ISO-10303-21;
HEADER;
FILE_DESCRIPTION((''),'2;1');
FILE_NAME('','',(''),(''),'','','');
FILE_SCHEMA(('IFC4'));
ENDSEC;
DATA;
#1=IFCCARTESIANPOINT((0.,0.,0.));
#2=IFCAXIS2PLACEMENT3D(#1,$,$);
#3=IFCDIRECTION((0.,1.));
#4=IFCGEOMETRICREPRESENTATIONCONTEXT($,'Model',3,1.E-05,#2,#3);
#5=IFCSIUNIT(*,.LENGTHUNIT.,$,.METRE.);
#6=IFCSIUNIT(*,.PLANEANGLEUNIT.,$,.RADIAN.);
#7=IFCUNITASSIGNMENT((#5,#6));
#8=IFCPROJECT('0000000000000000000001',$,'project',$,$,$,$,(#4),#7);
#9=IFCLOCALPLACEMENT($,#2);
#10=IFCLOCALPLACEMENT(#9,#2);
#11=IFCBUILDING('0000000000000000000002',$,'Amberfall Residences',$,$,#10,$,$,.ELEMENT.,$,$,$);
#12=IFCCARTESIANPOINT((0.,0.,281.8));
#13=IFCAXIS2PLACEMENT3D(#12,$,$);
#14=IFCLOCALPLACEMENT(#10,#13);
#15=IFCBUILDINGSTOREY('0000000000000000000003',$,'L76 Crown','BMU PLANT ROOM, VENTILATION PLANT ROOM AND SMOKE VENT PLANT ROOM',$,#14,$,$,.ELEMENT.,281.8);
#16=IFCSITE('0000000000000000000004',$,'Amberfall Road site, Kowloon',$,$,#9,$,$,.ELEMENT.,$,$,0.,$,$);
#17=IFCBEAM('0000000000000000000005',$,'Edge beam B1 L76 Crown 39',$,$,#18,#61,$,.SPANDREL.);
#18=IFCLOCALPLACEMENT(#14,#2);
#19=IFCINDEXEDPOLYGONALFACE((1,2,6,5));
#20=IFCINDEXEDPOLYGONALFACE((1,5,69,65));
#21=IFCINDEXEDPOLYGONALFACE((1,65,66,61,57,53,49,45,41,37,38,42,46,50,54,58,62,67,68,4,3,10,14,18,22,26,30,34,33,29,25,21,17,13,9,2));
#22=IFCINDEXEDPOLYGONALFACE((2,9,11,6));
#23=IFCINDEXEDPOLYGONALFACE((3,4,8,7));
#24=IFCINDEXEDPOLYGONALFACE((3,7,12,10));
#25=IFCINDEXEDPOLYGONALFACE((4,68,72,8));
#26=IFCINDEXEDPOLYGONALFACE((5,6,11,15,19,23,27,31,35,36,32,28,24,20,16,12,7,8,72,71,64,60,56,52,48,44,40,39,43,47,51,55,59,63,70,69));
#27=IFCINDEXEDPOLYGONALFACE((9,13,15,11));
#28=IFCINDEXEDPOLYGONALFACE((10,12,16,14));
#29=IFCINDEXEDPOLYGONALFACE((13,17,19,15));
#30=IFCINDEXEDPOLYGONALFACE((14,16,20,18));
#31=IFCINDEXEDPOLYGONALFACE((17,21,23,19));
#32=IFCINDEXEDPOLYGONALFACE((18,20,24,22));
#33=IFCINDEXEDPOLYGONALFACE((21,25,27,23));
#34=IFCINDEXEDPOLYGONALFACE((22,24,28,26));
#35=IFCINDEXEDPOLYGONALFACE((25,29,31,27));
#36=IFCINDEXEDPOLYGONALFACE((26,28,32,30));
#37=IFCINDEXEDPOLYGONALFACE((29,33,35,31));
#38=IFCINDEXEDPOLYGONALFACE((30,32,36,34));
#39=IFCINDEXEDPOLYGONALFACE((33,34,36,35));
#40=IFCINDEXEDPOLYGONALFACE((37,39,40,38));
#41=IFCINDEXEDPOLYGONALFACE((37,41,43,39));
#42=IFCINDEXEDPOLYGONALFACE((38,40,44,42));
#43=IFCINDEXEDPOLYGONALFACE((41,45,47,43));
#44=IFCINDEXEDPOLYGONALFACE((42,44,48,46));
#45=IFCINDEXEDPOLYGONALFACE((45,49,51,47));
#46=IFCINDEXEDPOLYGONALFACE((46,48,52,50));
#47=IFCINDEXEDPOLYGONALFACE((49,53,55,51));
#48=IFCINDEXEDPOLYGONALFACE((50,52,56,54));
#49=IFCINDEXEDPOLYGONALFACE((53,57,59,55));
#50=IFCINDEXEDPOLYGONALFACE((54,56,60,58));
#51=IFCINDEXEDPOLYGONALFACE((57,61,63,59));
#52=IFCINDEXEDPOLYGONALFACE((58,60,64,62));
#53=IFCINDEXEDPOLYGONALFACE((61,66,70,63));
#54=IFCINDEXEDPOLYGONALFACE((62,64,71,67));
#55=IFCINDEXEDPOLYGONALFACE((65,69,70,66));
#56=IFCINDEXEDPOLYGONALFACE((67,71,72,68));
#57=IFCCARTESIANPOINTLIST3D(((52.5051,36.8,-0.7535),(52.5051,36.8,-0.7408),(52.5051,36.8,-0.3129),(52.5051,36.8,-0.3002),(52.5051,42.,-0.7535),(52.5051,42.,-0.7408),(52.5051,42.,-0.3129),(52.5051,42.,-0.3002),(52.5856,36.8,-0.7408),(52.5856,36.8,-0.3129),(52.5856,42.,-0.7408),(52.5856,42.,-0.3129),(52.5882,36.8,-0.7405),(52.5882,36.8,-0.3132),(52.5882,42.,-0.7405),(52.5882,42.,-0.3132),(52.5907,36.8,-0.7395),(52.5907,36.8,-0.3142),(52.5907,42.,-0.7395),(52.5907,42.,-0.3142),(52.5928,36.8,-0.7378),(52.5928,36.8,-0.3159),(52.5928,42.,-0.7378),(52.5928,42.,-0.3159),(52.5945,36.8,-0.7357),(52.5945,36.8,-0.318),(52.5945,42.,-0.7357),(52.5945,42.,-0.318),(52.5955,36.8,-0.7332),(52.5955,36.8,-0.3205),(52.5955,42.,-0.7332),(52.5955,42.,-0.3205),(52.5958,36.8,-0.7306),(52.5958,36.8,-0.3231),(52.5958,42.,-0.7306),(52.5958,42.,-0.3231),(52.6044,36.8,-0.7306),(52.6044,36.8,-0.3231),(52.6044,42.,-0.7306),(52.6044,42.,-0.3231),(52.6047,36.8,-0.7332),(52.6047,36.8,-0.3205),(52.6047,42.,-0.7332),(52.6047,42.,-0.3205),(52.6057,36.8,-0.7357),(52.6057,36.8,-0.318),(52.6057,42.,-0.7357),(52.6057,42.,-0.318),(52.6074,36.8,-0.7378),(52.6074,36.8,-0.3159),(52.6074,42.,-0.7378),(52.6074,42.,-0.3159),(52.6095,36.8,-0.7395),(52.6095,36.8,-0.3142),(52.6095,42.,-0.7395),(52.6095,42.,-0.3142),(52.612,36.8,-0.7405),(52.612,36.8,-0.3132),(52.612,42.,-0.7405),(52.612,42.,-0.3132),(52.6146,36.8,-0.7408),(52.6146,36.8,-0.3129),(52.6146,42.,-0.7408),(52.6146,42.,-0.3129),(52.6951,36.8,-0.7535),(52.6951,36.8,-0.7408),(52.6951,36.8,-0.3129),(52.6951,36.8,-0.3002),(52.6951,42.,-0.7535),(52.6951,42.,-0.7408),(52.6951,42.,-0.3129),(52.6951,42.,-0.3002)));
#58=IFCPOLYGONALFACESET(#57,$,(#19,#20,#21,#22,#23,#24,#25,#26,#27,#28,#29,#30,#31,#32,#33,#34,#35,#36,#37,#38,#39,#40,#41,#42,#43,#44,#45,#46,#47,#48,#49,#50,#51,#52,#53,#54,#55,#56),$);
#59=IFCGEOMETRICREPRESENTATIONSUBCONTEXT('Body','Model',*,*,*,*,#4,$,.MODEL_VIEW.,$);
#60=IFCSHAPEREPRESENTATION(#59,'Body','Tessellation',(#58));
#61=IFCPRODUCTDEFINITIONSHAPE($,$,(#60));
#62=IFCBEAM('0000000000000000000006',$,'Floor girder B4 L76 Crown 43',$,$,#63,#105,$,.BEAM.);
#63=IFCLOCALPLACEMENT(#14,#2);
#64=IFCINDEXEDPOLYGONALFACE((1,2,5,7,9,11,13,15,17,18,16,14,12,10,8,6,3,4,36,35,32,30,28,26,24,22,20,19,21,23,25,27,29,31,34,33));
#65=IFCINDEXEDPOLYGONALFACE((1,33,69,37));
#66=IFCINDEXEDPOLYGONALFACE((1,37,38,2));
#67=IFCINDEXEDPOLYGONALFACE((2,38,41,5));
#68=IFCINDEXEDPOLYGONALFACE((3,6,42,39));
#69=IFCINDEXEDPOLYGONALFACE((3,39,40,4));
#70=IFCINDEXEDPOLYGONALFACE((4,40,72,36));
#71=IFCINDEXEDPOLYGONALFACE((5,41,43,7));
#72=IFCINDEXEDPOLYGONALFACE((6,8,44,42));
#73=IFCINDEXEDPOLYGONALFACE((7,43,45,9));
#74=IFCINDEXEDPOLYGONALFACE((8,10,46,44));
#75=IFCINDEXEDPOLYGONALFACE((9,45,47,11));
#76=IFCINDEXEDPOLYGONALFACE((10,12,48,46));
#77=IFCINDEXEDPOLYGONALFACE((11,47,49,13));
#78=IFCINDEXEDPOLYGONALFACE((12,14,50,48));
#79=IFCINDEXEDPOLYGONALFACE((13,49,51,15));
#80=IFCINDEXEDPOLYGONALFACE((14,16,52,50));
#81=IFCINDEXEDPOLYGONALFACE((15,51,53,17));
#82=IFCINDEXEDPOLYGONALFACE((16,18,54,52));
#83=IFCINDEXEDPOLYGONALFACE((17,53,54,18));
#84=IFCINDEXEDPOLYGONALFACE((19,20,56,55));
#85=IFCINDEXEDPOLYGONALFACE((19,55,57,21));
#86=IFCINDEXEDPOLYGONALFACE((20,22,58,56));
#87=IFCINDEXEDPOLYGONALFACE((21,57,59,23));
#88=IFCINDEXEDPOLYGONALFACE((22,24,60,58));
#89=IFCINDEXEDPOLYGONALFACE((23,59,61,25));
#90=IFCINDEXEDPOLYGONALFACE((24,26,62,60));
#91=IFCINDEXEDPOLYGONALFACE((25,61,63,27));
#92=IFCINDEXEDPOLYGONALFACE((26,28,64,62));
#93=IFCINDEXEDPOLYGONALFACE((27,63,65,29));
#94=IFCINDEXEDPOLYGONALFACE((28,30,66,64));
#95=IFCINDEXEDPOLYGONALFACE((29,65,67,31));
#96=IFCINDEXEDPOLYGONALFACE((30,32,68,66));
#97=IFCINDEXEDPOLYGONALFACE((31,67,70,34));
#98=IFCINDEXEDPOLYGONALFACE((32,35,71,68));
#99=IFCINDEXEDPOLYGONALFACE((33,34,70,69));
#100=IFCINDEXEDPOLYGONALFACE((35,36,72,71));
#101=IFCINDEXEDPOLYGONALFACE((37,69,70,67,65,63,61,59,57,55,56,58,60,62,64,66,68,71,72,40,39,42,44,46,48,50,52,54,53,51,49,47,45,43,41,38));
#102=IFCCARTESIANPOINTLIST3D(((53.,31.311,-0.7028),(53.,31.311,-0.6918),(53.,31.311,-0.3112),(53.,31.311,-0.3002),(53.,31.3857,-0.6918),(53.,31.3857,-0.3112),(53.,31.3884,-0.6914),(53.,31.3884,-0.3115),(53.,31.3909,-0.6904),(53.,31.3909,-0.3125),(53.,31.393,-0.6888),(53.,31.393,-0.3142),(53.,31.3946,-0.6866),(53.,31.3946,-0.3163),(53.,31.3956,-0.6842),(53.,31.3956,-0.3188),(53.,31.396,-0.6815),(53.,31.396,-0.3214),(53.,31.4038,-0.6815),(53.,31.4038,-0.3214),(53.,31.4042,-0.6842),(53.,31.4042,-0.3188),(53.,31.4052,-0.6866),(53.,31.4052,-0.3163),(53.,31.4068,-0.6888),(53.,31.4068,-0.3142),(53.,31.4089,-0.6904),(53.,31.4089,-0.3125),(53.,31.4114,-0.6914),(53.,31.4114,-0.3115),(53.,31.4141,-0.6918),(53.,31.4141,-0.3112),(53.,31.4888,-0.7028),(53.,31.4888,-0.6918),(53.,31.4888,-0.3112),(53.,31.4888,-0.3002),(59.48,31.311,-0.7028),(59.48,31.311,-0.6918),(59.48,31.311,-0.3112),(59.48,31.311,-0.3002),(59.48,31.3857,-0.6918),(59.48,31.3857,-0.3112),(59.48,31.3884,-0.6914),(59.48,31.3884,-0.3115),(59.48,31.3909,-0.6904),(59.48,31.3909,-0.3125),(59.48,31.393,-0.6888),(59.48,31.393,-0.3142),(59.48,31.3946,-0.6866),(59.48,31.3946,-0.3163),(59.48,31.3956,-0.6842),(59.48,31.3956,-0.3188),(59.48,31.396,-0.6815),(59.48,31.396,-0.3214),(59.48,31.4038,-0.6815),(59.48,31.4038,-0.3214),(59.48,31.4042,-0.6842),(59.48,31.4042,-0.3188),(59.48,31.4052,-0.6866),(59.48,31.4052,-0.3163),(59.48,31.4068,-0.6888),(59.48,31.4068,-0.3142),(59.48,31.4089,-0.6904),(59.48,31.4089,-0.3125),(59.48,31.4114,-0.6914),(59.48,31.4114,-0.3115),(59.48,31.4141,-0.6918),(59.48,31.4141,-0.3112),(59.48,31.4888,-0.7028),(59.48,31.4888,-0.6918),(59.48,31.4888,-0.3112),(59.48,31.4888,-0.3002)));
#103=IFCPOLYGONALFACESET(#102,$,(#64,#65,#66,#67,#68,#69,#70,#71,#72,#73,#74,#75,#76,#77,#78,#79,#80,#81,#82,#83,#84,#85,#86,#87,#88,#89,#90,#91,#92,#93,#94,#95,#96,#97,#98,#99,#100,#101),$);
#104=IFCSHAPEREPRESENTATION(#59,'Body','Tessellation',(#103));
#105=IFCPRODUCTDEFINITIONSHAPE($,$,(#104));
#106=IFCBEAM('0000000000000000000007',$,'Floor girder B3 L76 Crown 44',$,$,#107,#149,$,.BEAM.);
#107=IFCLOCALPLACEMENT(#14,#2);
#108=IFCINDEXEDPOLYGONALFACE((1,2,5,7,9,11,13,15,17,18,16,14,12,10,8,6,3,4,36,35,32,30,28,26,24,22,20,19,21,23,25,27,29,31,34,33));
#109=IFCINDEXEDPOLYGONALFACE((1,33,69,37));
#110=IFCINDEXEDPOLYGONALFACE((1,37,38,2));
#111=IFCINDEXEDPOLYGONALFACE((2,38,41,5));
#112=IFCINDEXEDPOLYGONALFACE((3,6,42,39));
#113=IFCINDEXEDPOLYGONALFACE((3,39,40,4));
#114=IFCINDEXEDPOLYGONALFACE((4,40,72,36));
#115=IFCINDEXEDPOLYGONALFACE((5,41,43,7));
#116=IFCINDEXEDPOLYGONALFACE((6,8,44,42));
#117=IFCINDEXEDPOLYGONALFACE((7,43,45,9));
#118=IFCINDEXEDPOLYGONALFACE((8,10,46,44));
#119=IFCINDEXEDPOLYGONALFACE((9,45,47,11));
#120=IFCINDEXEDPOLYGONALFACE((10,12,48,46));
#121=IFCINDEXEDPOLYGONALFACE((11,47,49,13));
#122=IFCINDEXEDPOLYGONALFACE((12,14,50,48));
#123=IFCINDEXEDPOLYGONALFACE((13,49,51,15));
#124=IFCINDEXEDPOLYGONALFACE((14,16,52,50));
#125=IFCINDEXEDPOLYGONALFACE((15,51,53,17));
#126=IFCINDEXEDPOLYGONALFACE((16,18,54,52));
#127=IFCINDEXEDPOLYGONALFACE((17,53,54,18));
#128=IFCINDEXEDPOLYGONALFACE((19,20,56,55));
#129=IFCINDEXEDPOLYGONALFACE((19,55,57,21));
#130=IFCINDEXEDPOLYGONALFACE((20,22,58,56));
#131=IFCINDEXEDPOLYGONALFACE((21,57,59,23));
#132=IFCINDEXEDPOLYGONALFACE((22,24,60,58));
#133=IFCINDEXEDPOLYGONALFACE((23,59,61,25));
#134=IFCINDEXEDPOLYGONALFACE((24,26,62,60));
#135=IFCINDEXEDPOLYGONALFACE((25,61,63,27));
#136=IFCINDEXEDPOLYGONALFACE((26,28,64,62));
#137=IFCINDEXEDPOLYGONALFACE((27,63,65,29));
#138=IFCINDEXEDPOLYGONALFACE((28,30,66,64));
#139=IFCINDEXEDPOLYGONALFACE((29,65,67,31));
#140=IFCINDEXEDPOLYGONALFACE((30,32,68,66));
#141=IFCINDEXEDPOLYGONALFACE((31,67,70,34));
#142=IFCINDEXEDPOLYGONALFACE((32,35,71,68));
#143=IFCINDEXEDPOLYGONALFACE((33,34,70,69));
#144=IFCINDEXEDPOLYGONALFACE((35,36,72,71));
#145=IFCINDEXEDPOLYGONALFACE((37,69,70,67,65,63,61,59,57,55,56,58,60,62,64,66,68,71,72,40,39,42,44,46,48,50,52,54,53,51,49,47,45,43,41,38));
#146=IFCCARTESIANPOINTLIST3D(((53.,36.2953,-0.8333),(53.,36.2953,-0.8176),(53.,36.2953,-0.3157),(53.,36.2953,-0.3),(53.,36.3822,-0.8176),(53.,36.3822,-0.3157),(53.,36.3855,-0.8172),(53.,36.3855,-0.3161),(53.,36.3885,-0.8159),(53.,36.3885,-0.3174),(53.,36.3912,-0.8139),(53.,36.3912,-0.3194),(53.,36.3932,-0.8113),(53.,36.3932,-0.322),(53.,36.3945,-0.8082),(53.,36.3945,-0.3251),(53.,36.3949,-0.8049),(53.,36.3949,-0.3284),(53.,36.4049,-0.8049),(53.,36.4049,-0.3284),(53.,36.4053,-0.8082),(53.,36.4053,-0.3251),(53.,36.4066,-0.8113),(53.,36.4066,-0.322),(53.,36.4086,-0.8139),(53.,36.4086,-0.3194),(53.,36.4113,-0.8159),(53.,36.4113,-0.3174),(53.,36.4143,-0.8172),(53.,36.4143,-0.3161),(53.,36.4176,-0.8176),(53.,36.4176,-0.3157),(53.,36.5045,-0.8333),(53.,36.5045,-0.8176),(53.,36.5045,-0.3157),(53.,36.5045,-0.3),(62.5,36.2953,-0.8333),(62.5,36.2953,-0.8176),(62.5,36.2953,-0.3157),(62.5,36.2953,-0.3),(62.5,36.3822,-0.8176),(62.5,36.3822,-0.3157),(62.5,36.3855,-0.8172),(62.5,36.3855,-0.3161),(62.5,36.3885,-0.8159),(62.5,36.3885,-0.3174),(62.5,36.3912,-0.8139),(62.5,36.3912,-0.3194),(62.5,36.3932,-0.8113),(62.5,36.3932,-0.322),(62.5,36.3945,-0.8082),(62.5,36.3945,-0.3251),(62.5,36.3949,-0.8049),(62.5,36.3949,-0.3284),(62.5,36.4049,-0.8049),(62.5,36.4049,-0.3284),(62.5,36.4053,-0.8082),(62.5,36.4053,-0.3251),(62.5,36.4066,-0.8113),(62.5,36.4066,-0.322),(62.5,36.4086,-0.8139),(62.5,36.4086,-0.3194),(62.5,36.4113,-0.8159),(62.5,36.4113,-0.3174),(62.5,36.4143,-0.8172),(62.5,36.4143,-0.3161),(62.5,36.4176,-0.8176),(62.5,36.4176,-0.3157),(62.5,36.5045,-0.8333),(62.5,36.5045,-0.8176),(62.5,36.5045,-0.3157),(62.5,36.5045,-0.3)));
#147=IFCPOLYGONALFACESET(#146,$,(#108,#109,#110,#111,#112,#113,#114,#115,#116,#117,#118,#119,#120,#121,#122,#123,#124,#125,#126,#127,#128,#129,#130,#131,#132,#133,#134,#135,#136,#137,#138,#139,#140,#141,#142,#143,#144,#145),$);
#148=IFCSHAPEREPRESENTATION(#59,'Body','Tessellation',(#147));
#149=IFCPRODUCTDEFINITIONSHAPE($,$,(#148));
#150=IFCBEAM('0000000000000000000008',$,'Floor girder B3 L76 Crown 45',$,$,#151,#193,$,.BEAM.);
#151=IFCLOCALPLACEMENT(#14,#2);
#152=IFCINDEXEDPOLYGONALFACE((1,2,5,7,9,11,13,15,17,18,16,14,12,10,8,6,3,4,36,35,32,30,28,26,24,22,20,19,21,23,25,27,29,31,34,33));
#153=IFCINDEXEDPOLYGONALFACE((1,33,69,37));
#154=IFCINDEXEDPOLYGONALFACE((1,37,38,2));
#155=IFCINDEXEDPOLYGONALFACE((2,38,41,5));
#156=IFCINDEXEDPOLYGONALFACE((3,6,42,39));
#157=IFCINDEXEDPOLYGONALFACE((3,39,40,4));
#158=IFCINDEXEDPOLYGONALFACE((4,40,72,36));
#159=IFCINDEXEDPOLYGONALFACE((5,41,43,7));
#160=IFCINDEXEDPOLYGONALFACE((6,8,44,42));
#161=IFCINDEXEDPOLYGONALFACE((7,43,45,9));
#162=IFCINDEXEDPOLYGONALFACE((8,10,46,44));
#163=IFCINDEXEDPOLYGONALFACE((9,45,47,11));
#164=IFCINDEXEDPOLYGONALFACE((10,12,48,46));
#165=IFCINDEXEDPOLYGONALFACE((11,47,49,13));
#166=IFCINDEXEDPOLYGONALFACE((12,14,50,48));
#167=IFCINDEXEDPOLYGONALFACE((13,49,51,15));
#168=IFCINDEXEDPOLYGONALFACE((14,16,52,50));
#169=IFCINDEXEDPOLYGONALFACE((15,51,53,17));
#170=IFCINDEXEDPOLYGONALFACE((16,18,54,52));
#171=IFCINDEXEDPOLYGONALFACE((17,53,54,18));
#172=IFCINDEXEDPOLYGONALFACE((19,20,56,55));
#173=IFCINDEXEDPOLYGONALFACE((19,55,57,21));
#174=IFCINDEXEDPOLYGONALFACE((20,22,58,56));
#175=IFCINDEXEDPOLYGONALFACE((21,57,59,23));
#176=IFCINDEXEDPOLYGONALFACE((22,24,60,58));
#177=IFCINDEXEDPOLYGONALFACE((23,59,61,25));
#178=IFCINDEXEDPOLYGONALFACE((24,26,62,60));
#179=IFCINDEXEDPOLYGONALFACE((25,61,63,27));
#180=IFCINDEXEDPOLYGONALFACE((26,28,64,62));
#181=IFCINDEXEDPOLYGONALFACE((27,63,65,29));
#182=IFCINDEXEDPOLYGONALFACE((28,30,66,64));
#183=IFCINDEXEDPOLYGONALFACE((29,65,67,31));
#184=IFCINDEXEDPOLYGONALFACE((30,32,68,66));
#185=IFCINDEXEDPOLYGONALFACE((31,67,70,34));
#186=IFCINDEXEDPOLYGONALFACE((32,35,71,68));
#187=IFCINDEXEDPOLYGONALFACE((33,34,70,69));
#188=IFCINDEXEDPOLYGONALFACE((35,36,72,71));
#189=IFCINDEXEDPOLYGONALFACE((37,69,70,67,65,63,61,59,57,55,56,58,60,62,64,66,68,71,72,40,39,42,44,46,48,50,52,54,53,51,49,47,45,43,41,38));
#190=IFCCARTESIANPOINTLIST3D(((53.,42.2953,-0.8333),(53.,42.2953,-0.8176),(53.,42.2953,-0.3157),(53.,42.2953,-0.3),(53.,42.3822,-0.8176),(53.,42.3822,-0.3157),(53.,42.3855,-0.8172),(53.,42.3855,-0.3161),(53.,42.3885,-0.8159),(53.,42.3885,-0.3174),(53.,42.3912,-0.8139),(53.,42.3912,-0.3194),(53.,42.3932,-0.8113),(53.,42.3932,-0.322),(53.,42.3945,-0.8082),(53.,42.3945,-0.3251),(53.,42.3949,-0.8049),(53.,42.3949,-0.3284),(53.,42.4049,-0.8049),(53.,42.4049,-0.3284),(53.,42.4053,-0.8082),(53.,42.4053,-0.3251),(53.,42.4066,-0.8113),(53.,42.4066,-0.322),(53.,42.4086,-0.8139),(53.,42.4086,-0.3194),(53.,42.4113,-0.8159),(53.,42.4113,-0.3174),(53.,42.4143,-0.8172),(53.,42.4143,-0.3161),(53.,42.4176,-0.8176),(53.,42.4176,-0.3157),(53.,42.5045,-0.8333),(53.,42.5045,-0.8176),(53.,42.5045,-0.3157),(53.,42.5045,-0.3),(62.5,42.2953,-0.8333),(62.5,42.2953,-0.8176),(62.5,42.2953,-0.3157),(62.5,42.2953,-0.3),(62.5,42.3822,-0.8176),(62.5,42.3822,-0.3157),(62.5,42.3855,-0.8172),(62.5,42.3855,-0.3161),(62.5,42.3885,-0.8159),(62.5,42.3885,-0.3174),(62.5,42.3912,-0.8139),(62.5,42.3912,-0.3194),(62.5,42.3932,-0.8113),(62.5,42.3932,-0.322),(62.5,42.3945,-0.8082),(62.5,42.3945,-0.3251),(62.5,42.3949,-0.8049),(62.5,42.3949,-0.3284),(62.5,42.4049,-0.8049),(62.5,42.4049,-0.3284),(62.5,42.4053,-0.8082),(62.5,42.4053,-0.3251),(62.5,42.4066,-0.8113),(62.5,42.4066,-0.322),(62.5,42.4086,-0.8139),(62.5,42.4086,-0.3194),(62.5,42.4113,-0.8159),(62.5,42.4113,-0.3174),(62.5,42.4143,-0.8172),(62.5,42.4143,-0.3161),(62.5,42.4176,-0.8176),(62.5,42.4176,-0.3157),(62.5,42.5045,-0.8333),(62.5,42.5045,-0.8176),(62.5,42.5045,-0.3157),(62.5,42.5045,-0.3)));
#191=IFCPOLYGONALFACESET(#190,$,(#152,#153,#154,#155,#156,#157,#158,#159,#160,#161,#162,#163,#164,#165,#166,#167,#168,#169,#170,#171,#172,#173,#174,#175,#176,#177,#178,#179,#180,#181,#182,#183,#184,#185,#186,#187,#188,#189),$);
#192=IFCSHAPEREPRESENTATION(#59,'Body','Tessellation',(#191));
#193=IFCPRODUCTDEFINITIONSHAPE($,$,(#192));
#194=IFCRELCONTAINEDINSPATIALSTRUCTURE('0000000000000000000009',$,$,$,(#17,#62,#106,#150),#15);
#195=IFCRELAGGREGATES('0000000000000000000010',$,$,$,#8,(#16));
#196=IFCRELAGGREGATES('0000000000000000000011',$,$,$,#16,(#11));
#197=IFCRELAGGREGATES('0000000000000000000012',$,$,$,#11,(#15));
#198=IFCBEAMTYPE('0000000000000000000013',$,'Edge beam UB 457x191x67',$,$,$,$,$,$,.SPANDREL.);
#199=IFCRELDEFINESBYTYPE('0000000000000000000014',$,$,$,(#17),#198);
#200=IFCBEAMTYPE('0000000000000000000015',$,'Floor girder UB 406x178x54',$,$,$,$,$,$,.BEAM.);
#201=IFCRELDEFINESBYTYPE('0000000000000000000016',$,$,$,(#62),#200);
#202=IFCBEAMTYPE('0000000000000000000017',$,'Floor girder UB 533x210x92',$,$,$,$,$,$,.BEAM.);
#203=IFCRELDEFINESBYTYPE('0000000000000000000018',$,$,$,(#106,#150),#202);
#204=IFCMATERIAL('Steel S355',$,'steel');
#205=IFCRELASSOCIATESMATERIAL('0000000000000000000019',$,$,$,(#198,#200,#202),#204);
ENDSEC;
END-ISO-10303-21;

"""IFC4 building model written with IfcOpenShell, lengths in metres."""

from ifc_helpers import new_model, si_unit, direction, frame, origin, origin_2d, place, context, subcontext, project, spatial, i_section, extrude, material, material_profile, profile_set, type_object, element, save


model = new_model("IFC4")

# Units and contexts
model_context = context("Model", 3, precision=1e-05, world=origin(), true_north=direction((0.0, 1.0)))
body_context = subcontext(model_context, "Body", "Model", "MODEL_VIEW")
ifc_project = project(units=[si_unit("LENGTHUNIT", "METRE"), si_unit("PLANEANGLEUNIT", "RADIAN")], contexts=[model_context])

# Site, building, storey
site_placement = place(None, origin())
site = spatial("IfcSite", under=ifc_project, at=site_placement, Name="Amberfall Road site, Kowloon", CompositionType="ELEMENT", RefElevation=0.0)
building_placement = place(site_placement, origin())
building = spatial("IfcBuilding", under=site, at=building_placement, Name="Amberfall Residences", CompositionType="ELEMENT")
storey_placement = place(building_placement, frame((0.0, 0.0, 281.8)))
storey = spatial("IfcBuildingStorey", under=building, at=storey_placement, Name="L76 Crown", Description="BMU PLANT ROOM, VENTILATION PLANT ROOM AND SMOKE VENT PLANT ROOM", CompositionType="ELEMENT", Elevation=281.8)

# Beams
ifc_material_1 = material(Name="Steel S355", Category="steel")
ifc_material_profile_1 = material_profile(ifc_material_1, i_section(OverallWidth=0.1899, OverallDepth=0.4534, WebThickness=0.0085, FlangeThickness=0.0127, FilletRadius=0.0103, at=origin_2d()), Name="UB 457x191x67")
ifc_profile_set_1 = profile_set([ifc_material_profile_1], Name="Steel S355")
beam_type_1 = type_object("IfcBeamType", Name="Edge beam UB 457x191x67", PredefinedType="SPANDREL", material=ifc_profile_set_1)
beam_1_placement = place(storey_placement, frame((52.6001, 36.8, -0.5269), z_axis=(0.0, 1.0, 0.0), x_axis=(-1.0, 0.0, 0.0)))
element("IfcBeam", 1, at=beam_1_placement, inside=storey, type_object=beam_type_1, Name="Edge beam B1 L76 Crown 39", PredefinedType="SPANDREL", context=body_context, shape_type="SweptSolid", body=[
    extrude(i_section(OverallWidth=0.1899, OverallDepth=0.4534, WebThickness=0.0085, FlangeThickness=0.0127, FilletRadius=0.0103, at=origin_2d()), origin(), (0.0, 0.0, 1.0), 5.2),
])
ifc_material_profile_2 = material_profile(ifc_material_1, i_section(OverallWidth=0.1777, OverallDepth=0.4026, WebThickness=0.0078, FlangeThickness=0.011, FilletRadius=0.0103, at=origin_2d()), Name="UB 406x178x54")
ifc_profile_set_2 = profile_set([ifc_material_profile_2], Name="Steel S355")
beam_type_2 = type_object("IfcBeamType", Name="Floor girder UB 406x178x54", PredefinedType="BEAM", material=ifc_profile_set_2)
beam_2_placement = place(storey_placement, frame((53.0, 31.3999, -0.5015), z_axis=(1.0, 0.0, 0.0), x_axis=(0.0, 1.0, 0.0)))
element("IfcBeam", 2, at=beam_2_placement, inside=storey, type_object=beam_type_2, Name="Floor girder B4 L76 Crown 43", PredefinedType="BEAM", context=body_context, shape_type="SweptSolid", body=[
    extrude(i_section(OverallWidth=0.1777, OverallDepth=0.4026, WebThickness=0.0078, FlangeThickness=0.011, FilletRadius=0.0103, at=origin_2d()), origin(), (0.0, 0.0, 1.0), 6.48),
])
ifc_material_profile_3 = material_profile(ifc_material_1, i_section(OverallWidth=0.2092, OverallDepth=0.5332, WebThickness=0.01, FlangeThickness=0.0156, FilletRadius=0.0127, at=origin_2d()), Name="UB 533x210x92")
ifc_profile_set_3 = profile_set([ifc_material_profile_3], Name="Steel S355")
beam_type_3 = type_object("IfcBeamType", Name="Floor girder UB 533x210x92", PredefinedType="BEAM", material=ifc_profile_set_3)
for number, where, z_axis, x_axis, name in (
    (3, (53.0, 36.3999, -0.5667), (1.0, 0.0, 0.0), (0.0, 1.0, 0.0), "Floor girder B3 L76 Crown 44"),
    (4, (53.0, 42.3999, -0.5667), (1.0, 0.0, 0.0), (0.0, 1.0, 0.0), "Floor girder B3 L76 Crown 45"),
):
    element("IfcBeam", number, at=place(storey_placement, frame(where, z_axis=z_axis, x_axis=x_axis)), inside=storey, type_object=beam_type_3, Name=name, PredefinedType="BEAM", context=body_context, shape_type="SweptSolid", body=[
        extrude(i_section(OverallWidth=0.2092, OverallDepth=0.5332, WebThickness=0.01, FlangeThickness=0.0156, FilletRadius=0.0127, at=origin_2d()), origin(), (0.0, 0.0, 1.0), 9.5),
    ])

save(model, "model.ifc")
